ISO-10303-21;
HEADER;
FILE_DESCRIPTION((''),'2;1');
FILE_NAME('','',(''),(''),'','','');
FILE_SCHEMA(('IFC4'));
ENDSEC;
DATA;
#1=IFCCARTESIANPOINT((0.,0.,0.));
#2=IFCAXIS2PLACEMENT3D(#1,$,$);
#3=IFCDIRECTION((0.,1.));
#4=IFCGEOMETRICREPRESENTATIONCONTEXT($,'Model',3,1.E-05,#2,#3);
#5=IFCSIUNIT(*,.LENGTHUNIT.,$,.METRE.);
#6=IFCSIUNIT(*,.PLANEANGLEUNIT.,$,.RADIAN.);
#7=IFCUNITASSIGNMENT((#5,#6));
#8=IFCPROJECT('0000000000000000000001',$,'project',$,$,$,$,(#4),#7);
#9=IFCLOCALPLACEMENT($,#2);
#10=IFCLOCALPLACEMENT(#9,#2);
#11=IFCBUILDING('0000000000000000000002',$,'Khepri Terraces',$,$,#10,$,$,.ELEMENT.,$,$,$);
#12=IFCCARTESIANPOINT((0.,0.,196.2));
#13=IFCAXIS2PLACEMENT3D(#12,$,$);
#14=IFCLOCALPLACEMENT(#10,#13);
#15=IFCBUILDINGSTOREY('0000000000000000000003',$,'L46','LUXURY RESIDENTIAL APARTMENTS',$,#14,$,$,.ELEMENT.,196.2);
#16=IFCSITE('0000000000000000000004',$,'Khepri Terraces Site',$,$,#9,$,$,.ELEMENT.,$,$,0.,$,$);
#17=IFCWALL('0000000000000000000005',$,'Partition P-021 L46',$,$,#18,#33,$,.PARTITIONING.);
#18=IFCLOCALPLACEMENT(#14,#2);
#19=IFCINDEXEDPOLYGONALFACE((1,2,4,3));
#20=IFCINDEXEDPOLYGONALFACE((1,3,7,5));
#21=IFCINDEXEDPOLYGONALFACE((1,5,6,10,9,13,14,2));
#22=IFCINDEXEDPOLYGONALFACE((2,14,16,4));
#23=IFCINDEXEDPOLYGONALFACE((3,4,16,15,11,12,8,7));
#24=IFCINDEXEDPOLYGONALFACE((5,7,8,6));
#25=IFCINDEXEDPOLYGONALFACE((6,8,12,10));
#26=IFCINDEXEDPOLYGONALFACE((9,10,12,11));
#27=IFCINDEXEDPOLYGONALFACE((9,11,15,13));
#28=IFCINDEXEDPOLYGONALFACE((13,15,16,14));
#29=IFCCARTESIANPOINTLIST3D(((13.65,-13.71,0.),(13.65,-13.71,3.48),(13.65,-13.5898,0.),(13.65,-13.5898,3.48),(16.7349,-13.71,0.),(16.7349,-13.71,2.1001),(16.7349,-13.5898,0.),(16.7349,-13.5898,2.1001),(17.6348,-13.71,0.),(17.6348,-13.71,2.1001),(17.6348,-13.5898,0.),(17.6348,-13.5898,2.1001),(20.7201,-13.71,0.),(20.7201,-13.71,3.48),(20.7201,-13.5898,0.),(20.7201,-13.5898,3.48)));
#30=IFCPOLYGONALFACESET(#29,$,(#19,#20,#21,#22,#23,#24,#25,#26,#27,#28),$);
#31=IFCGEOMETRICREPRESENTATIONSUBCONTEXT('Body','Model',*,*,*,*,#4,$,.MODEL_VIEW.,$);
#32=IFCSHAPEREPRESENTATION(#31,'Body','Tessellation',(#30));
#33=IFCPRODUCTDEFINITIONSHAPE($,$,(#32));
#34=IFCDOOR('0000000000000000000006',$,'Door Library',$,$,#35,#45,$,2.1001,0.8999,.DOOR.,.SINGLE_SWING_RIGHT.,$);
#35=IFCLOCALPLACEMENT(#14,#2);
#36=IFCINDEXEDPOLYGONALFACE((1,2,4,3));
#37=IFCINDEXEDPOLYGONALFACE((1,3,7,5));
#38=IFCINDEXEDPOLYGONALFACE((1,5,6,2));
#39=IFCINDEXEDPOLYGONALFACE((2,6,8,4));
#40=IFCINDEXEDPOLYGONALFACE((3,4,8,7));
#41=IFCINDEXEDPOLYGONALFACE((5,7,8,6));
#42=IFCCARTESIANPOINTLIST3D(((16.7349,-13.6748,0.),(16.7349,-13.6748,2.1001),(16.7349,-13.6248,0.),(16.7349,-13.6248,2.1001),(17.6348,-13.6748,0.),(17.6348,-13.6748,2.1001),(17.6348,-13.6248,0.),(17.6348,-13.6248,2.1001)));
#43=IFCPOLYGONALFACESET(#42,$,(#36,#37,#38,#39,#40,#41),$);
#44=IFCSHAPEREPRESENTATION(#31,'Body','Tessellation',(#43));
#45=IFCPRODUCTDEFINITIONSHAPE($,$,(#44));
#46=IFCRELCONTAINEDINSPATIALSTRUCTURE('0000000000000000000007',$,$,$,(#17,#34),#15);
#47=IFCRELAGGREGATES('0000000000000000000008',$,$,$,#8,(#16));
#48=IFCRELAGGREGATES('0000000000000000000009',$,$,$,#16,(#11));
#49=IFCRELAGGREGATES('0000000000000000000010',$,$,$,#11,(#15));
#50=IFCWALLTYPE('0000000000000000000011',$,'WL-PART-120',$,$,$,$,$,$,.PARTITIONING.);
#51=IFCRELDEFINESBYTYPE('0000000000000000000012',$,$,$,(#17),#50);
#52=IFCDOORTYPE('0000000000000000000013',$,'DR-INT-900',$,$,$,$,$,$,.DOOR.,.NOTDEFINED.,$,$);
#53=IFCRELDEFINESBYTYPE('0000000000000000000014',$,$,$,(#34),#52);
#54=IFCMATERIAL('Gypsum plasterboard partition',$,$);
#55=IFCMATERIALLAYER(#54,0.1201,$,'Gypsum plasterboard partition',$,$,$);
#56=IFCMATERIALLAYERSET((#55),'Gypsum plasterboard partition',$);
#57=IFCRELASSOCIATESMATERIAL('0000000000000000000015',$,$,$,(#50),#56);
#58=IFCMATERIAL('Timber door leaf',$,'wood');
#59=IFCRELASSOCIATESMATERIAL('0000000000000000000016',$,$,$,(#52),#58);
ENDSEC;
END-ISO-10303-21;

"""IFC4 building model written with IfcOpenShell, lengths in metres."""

from ifc_helpers import new_model, si_unit, direction, frame, frame_2d, origin, place, context, subcontext, project, spatial, rectangle, extrude, material, layer, layer_set, type_object, element, fill, save


model = new_model("IFC4")

# Units and contexts
model_context = context("Model", 3, precision=1e-05, world=origin(), true_north=direction((0.0, 1.0)))
body_context = subcontext(model_context, "Body", "Model", "MODEL_VIEW")
ifc_project = project(units=[si_unit("LENGTHUNIT", "METRE"), si_unit("PLANEANGLEUNIT", "RADIAN")], contexts=[model_context])

# Site, building, storey
site_placement = place(None, origin())
site = spatial("IfcSite", under=ifc_project, at=site_placement, Name="Khepri Terraces Site", CompositionType="ELEMENT", RefElevation=0.0)
building_placement = place(site_placement, origin())
building = spatial("IfcBuilding", under=site, at=building_placement, Name="Khepri Terraces", CompositionType="ELEMENT")
storey_placement = place(building_placement, frame((0.0, 0.0, 196.2)))
storey = spatial("IfcBuildingStorey", under=building, at=storey_placement, Name="L46", Description="LUXURY RESIDENTIAL APARTMENTS", CompositionType="ELEMENT", Elevation=196.2)

# Shared definitions
ifc_material_1 = material(Name="Gypsum plasterboard partition")
ifc_layer_1 = layer(ifc_material_1, 0.1201, Name="Gypsum plasterboard partition")
ifc_layer_set_1 = layer_set([ifc_layer_1], Name="Gypsum plasterboard partition")
wall_type_1 = type_object("IfcWallType", Name="WL-PART-120", PredefinedType="PARTITIONING", material=ifc_layer_set_1)

# Wall, opening, door
wall_1_placement = place(storey_placement, frame((13.6499, -13.6499, 0.0), z_axis=(0.0, 0.0, 1.0), x_axis=(1.0, 0.0, 0.0)))
wall_1 = element("IfcWall", 1, at=wall_1_placement, inside=storey, type_object=wall_type_1, Name="Partition P-021 L46", PredefinedType="PARTITIONING", context=body_context, shape_type="SweptSolid", body=[
    extrude(rectangle(XDim=7.0701, YDim=0.1201, at=frame_2d((3.5352, 0.0))), origin(), (0.0, 0.0, 1.0), 3.48),
])
opening_1_placement = place(wall_1_placement, frame((3.085, 0.0, 0.0)))
opening_1 = element("IfcOpeningElement", 2, at=opening_1_placement, cuts=wall_1, PredefinedType="OPENING", context=body_context, shape_type="SweptSolid", body=[
    extrude(rectangle(XDim=0.8999, YDim=2.1001, at=frame_2d((0.45, 1.05))), frame((0.0, 0.0701, 0.0), z_axis=(0.0, -1.0, 0.0), x_axis=(1.0, 0.0, 0.0)), (0.0, 0.0, 1.0), 0.1401),
])
ifc_material_2 = material(Name="Timber door leaf", Category="wood")
door_type_1 = type_object("IfcDoorType", Name="DR-INT-900", OperationType="NOTDEFINED", PredefinedType="DOOR", material=ifc_material_2)
door_1_placement = place(opening_1_placement, frame((0.8999, 0.0, 0.0), z_axis=(0.0, 0.0, 1.0), x_axis=(-1.0, 0.0, 0.0)))
door_1 = element("IfcDoor", 3, at=door_1_placement, inside=storey, type_object=door_type_1, Name="Door Library", OperationType="SINGLE_SWING_RIGHT", OverallHeight=2.1001, OverallWidth=0.8999, PredefinedType="DOOR", context=body_context, shape_type="SweptSolid", body=[
    extrude(rectangle(XDim=0.8999, YDim=2.1001, at=frame_2d((0.45, 1.05))), frame((0.0, 0.0249, 0.0), z_axis=(0.0, -1.0, 0.0), x_axis=(1.0, 0.0, 0.0)), (0.0, 0.0, 1.0), 0.05),
])
fill(opening_1, door_1)

save(model, "model.ifc")
